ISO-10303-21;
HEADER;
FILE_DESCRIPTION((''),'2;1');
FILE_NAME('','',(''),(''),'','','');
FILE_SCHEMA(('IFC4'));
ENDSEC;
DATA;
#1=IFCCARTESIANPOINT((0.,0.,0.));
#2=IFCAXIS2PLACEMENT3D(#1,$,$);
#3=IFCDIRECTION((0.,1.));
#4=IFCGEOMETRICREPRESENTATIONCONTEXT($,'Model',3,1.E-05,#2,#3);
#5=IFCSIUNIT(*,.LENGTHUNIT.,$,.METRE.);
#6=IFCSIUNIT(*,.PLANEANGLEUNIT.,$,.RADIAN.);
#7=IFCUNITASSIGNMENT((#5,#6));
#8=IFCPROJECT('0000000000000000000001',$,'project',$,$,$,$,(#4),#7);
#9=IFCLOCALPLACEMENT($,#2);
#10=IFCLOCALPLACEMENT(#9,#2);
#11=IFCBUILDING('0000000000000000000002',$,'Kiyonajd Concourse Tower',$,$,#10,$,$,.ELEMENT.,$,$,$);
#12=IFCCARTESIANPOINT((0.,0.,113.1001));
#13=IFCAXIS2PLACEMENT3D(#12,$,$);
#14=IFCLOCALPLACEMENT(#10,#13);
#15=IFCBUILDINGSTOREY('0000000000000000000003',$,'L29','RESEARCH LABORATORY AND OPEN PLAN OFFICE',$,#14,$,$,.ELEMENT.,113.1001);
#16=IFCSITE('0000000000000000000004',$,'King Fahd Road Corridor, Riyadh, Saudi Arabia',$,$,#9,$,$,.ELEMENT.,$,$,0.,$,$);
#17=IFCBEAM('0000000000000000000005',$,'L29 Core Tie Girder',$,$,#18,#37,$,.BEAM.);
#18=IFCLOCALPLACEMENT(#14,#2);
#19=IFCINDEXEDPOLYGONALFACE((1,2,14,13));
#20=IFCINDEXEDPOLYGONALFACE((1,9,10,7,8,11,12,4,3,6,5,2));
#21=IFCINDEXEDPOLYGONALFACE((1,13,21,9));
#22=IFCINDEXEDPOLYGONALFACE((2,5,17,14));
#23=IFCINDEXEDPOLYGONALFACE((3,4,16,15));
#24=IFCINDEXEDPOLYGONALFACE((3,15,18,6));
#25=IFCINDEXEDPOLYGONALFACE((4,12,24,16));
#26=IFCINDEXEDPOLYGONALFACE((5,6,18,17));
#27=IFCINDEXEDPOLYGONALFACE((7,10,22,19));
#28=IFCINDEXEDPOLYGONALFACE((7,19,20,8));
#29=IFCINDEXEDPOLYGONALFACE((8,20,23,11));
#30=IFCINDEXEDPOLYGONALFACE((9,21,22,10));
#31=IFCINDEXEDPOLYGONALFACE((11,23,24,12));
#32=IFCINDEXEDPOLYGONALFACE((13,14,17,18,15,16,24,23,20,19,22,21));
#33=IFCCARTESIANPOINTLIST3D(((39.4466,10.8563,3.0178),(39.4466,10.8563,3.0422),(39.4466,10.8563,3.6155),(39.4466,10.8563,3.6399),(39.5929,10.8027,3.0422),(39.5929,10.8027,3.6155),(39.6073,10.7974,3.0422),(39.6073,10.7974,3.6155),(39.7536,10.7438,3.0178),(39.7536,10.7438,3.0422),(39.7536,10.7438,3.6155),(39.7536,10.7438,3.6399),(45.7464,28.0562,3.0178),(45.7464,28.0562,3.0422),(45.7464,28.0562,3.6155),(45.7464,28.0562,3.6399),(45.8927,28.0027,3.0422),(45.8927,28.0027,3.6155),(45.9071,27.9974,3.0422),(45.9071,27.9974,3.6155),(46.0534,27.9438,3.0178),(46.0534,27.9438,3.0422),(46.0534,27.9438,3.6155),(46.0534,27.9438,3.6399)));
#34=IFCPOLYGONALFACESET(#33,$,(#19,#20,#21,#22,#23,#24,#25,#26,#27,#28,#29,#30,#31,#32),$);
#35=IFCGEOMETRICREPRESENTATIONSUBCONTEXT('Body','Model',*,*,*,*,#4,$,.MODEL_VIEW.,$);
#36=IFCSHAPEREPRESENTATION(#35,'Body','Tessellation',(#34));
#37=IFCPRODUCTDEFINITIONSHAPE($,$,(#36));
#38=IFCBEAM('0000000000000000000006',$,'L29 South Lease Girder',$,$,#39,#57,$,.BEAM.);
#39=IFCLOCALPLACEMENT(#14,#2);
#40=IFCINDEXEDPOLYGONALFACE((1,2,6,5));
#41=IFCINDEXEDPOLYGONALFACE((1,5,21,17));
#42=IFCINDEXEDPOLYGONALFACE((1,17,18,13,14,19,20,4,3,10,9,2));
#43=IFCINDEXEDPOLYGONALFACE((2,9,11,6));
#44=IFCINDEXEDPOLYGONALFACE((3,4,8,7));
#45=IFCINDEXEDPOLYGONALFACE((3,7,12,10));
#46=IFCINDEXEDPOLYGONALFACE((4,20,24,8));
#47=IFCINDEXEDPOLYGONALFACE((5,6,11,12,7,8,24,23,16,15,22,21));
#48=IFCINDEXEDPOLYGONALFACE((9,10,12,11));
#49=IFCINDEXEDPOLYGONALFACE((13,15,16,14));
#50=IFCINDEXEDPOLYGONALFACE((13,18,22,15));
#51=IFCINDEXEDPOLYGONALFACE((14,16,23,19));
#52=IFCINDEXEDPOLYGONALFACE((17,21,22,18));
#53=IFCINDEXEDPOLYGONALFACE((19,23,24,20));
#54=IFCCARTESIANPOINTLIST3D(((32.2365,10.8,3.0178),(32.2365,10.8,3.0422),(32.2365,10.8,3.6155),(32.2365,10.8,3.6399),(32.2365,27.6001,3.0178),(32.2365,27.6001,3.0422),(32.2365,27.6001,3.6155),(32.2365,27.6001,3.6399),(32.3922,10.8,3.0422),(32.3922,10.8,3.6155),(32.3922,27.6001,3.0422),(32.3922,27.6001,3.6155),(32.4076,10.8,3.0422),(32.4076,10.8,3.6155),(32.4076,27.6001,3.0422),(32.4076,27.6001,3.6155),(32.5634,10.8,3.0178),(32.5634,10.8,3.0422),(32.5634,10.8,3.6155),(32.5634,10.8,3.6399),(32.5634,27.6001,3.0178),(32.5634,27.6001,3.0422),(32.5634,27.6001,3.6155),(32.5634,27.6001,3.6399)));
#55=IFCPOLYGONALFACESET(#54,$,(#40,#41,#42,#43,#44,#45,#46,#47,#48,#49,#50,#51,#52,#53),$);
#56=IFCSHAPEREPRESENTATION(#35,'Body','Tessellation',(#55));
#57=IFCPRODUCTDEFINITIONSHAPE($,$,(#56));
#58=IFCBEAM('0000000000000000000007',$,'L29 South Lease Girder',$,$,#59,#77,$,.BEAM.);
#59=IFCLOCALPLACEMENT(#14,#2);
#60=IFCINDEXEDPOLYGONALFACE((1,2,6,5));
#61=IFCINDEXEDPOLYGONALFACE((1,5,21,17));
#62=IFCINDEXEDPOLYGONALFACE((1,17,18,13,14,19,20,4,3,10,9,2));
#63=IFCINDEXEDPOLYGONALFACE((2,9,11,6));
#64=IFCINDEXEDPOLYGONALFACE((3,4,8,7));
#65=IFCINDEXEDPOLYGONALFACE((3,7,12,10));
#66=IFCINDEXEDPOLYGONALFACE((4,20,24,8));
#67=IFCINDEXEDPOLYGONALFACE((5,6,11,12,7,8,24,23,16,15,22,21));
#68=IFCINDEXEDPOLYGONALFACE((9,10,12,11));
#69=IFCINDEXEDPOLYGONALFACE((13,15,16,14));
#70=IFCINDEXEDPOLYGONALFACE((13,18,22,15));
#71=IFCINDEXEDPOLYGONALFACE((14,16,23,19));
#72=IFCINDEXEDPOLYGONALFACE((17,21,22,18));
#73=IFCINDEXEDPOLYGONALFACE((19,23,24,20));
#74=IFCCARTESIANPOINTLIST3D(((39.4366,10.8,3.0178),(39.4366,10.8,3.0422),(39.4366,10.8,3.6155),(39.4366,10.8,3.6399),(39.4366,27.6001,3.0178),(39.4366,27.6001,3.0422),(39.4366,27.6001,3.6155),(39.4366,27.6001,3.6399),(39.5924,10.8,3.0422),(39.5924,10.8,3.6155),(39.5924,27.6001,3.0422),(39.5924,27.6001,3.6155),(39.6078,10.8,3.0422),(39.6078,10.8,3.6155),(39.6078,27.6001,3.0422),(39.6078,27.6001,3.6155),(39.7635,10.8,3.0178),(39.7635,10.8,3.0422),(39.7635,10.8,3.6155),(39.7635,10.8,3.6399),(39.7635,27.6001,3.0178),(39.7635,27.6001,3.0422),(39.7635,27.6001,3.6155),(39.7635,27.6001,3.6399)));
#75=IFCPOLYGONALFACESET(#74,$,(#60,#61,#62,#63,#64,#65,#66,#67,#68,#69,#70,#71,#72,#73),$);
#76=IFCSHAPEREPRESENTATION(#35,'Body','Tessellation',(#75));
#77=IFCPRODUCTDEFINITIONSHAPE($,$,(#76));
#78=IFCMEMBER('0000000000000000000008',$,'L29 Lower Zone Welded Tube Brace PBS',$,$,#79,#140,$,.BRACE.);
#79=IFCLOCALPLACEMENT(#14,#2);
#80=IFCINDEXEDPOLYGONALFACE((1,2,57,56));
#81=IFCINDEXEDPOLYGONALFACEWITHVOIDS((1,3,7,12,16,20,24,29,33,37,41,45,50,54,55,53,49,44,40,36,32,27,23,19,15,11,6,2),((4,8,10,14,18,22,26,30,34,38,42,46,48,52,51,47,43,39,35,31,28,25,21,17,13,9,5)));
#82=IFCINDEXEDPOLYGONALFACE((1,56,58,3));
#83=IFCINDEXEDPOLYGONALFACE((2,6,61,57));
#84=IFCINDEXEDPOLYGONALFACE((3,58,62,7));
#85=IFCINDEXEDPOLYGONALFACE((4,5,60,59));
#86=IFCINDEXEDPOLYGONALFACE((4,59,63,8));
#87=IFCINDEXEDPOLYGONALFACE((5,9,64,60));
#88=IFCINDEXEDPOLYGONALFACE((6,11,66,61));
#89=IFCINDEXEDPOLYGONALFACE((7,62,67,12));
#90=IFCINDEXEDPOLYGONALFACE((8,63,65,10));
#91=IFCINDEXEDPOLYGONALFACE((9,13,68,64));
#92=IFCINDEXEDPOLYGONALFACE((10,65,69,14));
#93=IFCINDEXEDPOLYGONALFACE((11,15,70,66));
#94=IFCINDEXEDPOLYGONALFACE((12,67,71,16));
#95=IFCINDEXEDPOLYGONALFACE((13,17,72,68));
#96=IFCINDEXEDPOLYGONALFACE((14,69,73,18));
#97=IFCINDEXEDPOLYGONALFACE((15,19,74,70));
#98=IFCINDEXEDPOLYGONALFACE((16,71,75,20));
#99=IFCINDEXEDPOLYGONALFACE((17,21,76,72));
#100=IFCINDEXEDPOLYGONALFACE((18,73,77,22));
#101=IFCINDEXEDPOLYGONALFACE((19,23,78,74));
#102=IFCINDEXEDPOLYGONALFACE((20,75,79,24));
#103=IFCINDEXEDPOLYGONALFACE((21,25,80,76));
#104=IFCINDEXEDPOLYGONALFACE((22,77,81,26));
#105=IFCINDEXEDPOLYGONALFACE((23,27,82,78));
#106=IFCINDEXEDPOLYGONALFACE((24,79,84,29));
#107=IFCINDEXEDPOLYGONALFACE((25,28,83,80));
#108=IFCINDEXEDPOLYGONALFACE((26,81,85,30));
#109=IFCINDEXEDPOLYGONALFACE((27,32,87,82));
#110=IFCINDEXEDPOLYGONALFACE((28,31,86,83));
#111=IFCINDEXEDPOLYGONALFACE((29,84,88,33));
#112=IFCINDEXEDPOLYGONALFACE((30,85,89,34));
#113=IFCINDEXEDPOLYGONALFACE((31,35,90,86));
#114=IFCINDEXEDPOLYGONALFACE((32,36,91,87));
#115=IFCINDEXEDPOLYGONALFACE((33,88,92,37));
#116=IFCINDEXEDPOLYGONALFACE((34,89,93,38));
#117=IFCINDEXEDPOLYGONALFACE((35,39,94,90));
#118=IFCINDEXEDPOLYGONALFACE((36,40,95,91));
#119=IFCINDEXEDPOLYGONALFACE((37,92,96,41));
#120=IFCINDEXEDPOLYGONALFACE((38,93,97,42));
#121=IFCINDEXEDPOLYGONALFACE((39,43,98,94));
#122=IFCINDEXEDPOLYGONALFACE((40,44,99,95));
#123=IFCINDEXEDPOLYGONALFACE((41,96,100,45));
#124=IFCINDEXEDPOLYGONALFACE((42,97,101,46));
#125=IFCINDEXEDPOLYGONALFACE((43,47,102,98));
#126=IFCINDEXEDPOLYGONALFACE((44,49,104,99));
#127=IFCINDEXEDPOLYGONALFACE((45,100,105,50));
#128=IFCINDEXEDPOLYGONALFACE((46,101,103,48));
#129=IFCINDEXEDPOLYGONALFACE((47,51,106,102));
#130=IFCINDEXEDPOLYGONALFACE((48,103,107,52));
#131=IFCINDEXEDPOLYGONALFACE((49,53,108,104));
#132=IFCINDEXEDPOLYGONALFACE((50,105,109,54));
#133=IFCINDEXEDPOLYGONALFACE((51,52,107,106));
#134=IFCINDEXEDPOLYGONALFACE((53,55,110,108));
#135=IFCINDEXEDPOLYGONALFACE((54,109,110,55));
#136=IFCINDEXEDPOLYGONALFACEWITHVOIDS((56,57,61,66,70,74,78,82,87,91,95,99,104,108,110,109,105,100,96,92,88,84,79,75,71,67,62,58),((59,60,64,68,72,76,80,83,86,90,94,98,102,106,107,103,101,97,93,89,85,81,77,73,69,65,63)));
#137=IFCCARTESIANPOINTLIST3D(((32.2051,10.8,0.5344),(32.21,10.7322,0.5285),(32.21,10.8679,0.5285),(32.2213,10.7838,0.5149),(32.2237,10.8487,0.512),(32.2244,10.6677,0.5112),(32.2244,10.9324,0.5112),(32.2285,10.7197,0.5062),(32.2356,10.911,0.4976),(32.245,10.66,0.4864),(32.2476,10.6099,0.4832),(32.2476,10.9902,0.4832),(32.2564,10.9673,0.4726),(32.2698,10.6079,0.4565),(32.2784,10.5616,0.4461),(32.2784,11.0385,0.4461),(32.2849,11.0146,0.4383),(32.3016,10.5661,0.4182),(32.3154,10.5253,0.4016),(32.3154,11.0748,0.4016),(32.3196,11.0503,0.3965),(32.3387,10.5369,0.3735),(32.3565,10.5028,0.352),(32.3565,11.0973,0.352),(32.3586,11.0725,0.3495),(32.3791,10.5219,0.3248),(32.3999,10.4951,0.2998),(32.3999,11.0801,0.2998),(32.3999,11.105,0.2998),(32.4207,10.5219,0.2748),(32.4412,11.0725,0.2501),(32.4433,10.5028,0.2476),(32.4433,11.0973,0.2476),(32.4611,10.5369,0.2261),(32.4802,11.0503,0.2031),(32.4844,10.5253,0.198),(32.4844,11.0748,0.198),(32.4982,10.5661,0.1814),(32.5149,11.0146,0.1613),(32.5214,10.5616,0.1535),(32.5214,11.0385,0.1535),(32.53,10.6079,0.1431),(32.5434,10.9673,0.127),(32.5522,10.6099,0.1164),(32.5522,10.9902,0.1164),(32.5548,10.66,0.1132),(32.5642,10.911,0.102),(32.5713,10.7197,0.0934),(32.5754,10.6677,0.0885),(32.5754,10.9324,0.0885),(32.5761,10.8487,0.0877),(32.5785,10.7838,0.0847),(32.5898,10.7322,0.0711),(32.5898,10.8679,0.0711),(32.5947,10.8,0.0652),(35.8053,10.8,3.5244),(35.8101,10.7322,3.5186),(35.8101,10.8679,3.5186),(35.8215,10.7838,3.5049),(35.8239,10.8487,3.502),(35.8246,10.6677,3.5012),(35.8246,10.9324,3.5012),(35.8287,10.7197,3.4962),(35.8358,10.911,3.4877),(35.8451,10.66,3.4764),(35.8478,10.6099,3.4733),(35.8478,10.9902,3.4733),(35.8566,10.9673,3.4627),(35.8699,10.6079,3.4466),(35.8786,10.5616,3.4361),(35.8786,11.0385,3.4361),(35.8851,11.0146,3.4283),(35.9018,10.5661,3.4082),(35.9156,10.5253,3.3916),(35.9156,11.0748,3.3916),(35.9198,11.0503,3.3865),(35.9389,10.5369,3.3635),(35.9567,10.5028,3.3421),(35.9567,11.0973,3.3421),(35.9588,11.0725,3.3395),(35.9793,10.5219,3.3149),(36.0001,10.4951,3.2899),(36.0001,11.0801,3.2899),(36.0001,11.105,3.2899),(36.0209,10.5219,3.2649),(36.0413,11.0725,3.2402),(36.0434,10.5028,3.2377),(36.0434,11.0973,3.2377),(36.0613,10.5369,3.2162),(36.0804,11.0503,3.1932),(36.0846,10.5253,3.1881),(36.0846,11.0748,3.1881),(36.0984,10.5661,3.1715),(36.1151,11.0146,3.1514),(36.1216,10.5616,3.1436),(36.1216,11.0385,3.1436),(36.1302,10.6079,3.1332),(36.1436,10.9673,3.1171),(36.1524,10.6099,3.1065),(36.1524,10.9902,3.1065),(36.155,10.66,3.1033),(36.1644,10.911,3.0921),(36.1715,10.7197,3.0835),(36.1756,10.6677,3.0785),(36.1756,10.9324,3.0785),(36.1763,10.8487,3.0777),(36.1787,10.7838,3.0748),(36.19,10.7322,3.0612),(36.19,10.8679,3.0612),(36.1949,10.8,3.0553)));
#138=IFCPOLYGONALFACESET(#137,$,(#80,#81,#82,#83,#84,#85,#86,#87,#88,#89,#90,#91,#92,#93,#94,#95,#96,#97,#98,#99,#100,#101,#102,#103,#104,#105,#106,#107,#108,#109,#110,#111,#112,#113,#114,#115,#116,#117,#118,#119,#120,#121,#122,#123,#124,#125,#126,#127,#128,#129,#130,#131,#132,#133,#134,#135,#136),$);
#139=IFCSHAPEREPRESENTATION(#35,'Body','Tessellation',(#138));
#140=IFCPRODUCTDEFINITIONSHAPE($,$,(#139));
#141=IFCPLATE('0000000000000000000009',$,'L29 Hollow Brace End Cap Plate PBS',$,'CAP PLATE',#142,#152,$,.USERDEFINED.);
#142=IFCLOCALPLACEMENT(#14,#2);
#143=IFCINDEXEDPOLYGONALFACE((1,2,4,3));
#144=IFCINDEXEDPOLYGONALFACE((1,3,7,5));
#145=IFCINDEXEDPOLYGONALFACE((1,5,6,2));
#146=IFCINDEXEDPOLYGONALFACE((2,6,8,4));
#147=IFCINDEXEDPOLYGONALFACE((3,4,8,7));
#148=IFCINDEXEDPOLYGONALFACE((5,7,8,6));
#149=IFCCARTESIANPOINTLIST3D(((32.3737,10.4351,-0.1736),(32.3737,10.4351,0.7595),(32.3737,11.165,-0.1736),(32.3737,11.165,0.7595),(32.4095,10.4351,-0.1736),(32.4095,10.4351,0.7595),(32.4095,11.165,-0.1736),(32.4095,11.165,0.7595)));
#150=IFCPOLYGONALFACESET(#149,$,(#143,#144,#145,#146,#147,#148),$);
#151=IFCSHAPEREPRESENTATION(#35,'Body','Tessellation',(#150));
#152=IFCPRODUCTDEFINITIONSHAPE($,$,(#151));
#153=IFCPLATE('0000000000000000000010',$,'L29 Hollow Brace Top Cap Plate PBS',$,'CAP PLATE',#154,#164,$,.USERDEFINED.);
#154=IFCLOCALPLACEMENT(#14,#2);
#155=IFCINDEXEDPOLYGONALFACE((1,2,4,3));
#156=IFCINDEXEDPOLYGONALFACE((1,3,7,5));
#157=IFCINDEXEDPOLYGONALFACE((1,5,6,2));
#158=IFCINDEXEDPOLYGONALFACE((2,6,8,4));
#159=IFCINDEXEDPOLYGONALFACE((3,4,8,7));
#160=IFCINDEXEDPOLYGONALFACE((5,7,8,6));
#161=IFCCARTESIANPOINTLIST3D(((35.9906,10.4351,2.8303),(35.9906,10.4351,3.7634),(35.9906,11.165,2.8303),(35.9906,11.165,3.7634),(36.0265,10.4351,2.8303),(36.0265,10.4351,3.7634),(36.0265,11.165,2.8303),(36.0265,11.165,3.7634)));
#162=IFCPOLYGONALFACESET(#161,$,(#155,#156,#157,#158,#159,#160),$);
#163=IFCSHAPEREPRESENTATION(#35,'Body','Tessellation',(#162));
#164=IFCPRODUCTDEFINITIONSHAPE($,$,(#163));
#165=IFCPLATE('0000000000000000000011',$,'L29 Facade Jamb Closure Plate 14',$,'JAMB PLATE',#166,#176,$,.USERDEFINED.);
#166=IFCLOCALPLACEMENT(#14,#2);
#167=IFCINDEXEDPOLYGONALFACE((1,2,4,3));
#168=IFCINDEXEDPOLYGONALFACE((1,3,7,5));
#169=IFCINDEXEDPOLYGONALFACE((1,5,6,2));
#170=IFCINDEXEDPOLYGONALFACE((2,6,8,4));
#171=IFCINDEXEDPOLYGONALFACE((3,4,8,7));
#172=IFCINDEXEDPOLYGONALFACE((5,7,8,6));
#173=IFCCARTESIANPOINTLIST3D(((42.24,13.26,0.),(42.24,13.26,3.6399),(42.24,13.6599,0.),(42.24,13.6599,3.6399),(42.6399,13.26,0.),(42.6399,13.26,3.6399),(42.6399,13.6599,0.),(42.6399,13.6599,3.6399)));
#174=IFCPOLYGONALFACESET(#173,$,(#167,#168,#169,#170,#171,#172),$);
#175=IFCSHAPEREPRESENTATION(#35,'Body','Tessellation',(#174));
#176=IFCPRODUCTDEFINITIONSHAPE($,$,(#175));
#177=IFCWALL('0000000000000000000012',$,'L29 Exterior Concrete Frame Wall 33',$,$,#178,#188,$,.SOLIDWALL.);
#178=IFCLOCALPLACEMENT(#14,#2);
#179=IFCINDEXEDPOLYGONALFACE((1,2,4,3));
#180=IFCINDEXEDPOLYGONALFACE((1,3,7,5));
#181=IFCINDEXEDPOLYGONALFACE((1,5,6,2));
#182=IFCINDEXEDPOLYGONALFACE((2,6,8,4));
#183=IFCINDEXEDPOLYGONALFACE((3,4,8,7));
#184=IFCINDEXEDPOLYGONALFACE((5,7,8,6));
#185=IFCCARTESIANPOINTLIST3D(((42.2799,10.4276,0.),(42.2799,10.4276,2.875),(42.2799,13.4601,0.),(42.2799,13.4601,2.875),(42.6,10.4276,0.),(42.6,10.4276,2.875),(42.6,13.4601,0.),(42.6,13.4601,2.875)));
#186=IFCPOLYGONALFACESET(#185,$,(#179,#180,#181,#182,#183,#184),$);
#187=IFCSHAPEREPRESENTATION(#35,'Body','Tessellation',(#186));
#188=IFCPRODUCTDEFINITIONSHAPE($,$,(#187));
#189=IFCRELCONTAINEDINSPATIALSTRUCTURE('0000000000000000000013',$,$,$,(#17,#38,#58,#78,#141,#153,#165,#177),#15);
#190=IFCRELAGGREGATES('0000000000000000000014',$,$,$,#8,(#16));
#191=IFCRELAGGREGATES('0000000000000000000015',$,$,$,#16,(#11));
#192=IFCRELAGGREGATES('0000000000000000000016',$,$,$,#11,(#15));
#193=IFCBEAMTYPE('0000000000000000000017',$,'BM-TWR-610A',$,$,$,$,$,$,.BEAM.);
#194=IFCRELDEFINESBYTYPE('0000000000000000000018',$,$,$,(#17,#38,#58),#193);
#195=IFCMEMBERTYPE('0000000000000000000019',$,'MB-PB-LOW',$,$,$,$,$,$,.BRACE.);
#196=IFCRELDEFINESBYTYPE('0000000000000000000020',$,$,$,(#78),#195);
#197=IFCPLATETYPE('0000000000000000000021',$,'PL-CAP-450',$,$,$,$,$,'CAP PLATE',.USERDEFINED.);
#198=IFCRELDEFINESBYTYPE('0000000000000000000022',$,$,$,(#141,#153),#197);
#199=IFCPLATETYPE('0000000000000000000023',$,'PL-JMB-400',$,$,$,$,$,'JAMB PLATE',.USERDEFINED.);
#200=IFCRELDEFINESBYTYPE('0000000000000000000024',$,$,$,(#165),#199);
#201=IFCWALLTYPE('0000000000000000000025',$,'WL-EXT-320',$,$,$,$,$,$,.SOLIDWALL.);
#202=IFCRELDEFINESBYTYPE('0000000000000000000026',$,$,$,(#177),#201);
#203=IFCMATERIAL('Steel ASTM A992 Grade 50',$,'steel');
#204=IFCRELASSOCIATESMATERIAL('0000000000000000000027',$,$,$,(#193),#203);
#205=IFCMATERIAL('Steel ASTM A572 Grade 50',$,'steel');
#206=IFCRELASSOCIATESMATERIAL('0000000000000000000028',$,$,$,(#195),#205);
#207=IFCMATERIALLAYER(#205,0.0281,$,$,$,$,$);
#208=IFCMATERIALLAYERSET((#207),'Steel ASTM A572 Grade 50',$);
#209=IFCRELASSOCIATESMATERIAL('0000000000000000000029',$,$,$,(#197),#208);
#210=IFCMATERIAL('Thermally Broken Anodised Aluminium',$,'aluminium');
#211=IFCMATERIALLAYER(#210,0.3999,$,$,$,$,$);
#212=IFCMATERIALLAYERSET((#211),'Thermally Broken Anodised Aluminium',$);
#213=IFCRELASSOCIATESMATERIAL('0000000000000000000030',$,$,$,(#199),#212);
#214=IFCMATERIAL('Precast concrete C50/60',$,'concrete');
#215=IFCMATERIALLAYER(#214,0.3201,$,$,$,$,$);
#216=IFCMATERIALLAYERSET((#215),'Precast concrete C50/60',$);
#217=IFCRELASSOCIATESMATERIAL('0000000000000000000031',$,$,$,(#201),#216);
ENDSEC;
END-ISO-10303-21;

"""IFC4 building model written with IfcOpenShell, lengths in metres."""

from ifc_helpers import new_model, si_unit, direction, frame, frame_2d, origin, origin_2d, place, context, subcontext, project, spatial, rectangle, hollow_circle, i_section, extrude, material, layer, layer_set, material_profile, profile_set, type_object, element, save


model = new_model("IFC4")

# Units and contexts
model_context = context("Model", 3, precision=1e-05, world=origin(), true_north=direction((0.0, 1.0)))
body_context = subcontext(model_context, "Body", "Model", "MODEL_VIEW")
ifc_project = project(units=[si_unit("LENGTHUNIT", "METRE"), si_unit("PLANEANGLEUNIT", "RADIAN")], contexts=[model_context])

# Site, building, storey
site_placement = place(None, origin())
site = spatial("IfcSite", under=ifc_project, at=site_placement, Name="King Fahd Road Corridor, Riyadh, Saudi Arabia", CompositionType="ELEMENT", RefElevation=0.0)
building_placement = place(site_placement, origin())
building = spatial("IfcBuilding", under=site, at=building_placement, Name="Kiyonajd Concourse Tower", CompositionType="ELEMENT")
storey_placement = place(building_placement, frame((0.0, 0.0, 113.1001)))
storey = spatial("IfcBuildingStorey", under=building, at=storey_placement, Name="L29", Description="RESEARCH LABORATORY AND OPEN PLAN OFFICE", CompositionType="ELEMENT", Elevation=113.1001)

# Beams
ifc_material_1 = material(Name="Steel ASTM A992 Grade 50", Category="steel")
ifc_material_2 = material(Name="Precast concrete C50/60", Category="concrete")
ifc_material_profile_1 = material_profile(ifc_material_1, i_section(OverallWidth=0.3269, OverallDepth=0.6221, WebThickness=0.0154, FlangeThickness=0.0244, at=origin_2d()), Name="W610X195")
ifc_profile_set_1 = profile_set([ifc_material_profile_1], Name="Steel ASTM A992 Grade 50")
beam_type_1 = type_object("IfcBeamType", Name="BM-TWR-610A", PredefinedType="BEAM", material=ifc_profile_set_1)
beam_1_placement = place(storey_placement, frame((39.6001, 10.8, 3.3289), z_axis=(0.343925, 0.938997, 0.0), x_axis=(-0.938997, 0.343925, 0.0)))
element("IfcBeam", 1, at=beam_1_placement, inside=storey, type_object=beam_type_1, Name="L29 Core Tie Girder", PredefinedType="BEAM", context=body_context, shape_type="SweptSolid", body=[
    extrude(i_section(OverallWidth=0.3269, OverallDepth=0.6221, WebThickness=0.0154, FlangeThickness=0.0244, at=origin_2d()), origin(), (0.0, 0.0, 1.0), 18.3174),
])
for number, where, z_axis, x_axis, name in (
    (2, (32.3999, 10.8, 3.3289), (0.0, 1.0, 0.0), (-1.0, 0.0, 0.0), "L29 South Lease Girder"),
    (3, (39.6001, 10.8, 3.3289), (0.0, 1.0, 0.0), (-1.0, 0.0, 0.0), "L29 South Lease Girder"),
):
    element("IfcBeam", number, at=place(storey_placement, frame(where, z_axis=z_axis, x_axis=x_axis)), inside=storey, type_object=beam_type_1, Name=name, PredefinedType="BEAM", context=body_context, shape_type="SweptSolid", body=[
        extrude(i_section(OverallWidth=0.3269, OverallDepth=0.6221, WebThickness=0.0154, FlangeThickness=0.0244, at=origin_2d()), origin(), (0.0, 0.0, 1.0), 16.8),
    ])

# Member
ifc_material_3 = material(Name="Steel ASTM A572 Grade 50", Category="steel")
ifc_material_profile_2 = material_profile(ifc_material_3, hollow_circle(Radius=0.3049, WallThickness=0.0249, at=origin_2d()), Name="CHS-610x25")
ifc_profile_set_2 = profile_set([ifc_material_profile_2], Name="Steel ASTM A572 Grade 50")
member_type = type_object("IfcMemberType", Name="MB-PB-LOW", PredefinedType="BRACE", material=ifc_profile_set_2)
member_placement = place(storey_placement, frame((32.3999, 10.8, 0.2998), z_axis=(0.769281, 0.0, 0.638911), x_axis=(0.0, 1.0, 0.0)))
element("IfcMember", 4, at=member_placement, inside=storey, type_object=member_type, Name="L29 Lower Zone Welded Tube Brace PBS", PredefinedType="BRACE", context=body_context, shape_type="SweptSolid", body=[
    extrude(hollow_circle(Radius=0.3049, WallThickness=0.0249, at=origin_2d()), origin(), (0.0, 0.0, 1.0), 4.6799),
])

# Plates
ifc_layer_1 = layer(ifc_material_3, 0.0281)
ifc_layer_set_1 = layer_set([ifc_layer_1], Name="Steel ASTM A572 Grade 50")
plate_type_1 = type_object("IfcPlateType", Name="PL-CAP-450", ElementType="CAP PLATE", PredefinedType="USERDEFINED", material=ifc_layer_set_1)
for number, where, z_axis, x_axis, name in (
    (5, (32.3916, 10.8, -0.1736), (0.0, 0.0, 1.0), (-1.0, 0.0, 0.0), "L29 Hollow Brace End Cap Plate PBS"),
    (6, (36.0085, 10.8, 2.8303), (0.0, 0.0, 1.0), (1.0, 0.0, 0.0), "L29 Hollow Brace Top Cap Plate PBS"),
):
    element("IfcPlate", number, at=place(storey_placement, frame(where, z_axis=z_axis, x_axis=x_axis)), inside=storey, type_object=plate_type_1, Name=name, ObjectType="CAP PLATE", PredefinedType="USERDEFINED", context=body_context, shape_type="SweptSolid", body=[
        extrude(rectangle(XDim=0.0359, YDim=0.73, at=origin_2d()), origin(), (0.0, 0.0, 1.0), 0.9331),
    ])
ifc_material_4 = material(Name="Thermally Broken Anodised Aluminium", Category="aluminium")
ifc_layer_2 = layer(ifc_material_4, 0.3999)
ifc_layer_set_2 = layer_set([ifc_layer_2], Name="Thermally Broken Anodised Aluminium")
plate_type_2 = type_object("IfcPlateType", Name="PL-JMB-400", ElementType="JAMB PLATE", PredefinedType="USERDEFINED", material=ifc_layer_set_2)
plate_placement = place(storey_placement, frame((42.4399, 13.46, 0.0), z_axis=(0.0, 0.0, 1.0), x_axis=(1.0, 0.0, 0.0)))
element("IfcPlate", 7, at=plate_placement, inside=storey, type_object=plate_type_2, Name="L29 Facade Jamb Closure Plate 14", ObjectType="JAMB PLATE", PredefinedType="USERDEFINED", context=body_context, shape_type="SweptSolid", body=[
    extrude(rectangle(XDim=0.3999, YDim=0.3999, at=origin_2d()), origin(), (0.0, 0.0, 1.0), 3.6399),
])

# Wall
ifc_layer_3 = layer(ifc_material_2, 0.3201)
ifc_layer_set_3 = layer_set([ifc_layer_3], Name="Precast concrete C50/60")
wall_type_1 = type_object("IfcWallType", Name="WL-EXT-320", PredefinedType="SOLIDWALL", material=ifc_layer_set_3)
wall_1_placement = place(storey_placement, frame((42.4399, 13.46, 0.0), z_axis=(0.0, 0.0, 1.0), x_axis=(0.0, -1.0, 0.0)))
element("IfcWall", 8, at=wall_1_placement, inside=storey, type_object=wall_type_1, Name="L29 Exterior Concrete Frame Wall 33", PredefinedType="SOLIDWALL", context=body_context, shape_type="SweptSolid", body=[
    extrude(rectangle(XDim=3.0325, YDim=0.3201, at=frame_2d((1.5161, 0.0))), origin(), (0.0, 0.0, 1.0), 2.875),
])

save(model, "model.ifc")
